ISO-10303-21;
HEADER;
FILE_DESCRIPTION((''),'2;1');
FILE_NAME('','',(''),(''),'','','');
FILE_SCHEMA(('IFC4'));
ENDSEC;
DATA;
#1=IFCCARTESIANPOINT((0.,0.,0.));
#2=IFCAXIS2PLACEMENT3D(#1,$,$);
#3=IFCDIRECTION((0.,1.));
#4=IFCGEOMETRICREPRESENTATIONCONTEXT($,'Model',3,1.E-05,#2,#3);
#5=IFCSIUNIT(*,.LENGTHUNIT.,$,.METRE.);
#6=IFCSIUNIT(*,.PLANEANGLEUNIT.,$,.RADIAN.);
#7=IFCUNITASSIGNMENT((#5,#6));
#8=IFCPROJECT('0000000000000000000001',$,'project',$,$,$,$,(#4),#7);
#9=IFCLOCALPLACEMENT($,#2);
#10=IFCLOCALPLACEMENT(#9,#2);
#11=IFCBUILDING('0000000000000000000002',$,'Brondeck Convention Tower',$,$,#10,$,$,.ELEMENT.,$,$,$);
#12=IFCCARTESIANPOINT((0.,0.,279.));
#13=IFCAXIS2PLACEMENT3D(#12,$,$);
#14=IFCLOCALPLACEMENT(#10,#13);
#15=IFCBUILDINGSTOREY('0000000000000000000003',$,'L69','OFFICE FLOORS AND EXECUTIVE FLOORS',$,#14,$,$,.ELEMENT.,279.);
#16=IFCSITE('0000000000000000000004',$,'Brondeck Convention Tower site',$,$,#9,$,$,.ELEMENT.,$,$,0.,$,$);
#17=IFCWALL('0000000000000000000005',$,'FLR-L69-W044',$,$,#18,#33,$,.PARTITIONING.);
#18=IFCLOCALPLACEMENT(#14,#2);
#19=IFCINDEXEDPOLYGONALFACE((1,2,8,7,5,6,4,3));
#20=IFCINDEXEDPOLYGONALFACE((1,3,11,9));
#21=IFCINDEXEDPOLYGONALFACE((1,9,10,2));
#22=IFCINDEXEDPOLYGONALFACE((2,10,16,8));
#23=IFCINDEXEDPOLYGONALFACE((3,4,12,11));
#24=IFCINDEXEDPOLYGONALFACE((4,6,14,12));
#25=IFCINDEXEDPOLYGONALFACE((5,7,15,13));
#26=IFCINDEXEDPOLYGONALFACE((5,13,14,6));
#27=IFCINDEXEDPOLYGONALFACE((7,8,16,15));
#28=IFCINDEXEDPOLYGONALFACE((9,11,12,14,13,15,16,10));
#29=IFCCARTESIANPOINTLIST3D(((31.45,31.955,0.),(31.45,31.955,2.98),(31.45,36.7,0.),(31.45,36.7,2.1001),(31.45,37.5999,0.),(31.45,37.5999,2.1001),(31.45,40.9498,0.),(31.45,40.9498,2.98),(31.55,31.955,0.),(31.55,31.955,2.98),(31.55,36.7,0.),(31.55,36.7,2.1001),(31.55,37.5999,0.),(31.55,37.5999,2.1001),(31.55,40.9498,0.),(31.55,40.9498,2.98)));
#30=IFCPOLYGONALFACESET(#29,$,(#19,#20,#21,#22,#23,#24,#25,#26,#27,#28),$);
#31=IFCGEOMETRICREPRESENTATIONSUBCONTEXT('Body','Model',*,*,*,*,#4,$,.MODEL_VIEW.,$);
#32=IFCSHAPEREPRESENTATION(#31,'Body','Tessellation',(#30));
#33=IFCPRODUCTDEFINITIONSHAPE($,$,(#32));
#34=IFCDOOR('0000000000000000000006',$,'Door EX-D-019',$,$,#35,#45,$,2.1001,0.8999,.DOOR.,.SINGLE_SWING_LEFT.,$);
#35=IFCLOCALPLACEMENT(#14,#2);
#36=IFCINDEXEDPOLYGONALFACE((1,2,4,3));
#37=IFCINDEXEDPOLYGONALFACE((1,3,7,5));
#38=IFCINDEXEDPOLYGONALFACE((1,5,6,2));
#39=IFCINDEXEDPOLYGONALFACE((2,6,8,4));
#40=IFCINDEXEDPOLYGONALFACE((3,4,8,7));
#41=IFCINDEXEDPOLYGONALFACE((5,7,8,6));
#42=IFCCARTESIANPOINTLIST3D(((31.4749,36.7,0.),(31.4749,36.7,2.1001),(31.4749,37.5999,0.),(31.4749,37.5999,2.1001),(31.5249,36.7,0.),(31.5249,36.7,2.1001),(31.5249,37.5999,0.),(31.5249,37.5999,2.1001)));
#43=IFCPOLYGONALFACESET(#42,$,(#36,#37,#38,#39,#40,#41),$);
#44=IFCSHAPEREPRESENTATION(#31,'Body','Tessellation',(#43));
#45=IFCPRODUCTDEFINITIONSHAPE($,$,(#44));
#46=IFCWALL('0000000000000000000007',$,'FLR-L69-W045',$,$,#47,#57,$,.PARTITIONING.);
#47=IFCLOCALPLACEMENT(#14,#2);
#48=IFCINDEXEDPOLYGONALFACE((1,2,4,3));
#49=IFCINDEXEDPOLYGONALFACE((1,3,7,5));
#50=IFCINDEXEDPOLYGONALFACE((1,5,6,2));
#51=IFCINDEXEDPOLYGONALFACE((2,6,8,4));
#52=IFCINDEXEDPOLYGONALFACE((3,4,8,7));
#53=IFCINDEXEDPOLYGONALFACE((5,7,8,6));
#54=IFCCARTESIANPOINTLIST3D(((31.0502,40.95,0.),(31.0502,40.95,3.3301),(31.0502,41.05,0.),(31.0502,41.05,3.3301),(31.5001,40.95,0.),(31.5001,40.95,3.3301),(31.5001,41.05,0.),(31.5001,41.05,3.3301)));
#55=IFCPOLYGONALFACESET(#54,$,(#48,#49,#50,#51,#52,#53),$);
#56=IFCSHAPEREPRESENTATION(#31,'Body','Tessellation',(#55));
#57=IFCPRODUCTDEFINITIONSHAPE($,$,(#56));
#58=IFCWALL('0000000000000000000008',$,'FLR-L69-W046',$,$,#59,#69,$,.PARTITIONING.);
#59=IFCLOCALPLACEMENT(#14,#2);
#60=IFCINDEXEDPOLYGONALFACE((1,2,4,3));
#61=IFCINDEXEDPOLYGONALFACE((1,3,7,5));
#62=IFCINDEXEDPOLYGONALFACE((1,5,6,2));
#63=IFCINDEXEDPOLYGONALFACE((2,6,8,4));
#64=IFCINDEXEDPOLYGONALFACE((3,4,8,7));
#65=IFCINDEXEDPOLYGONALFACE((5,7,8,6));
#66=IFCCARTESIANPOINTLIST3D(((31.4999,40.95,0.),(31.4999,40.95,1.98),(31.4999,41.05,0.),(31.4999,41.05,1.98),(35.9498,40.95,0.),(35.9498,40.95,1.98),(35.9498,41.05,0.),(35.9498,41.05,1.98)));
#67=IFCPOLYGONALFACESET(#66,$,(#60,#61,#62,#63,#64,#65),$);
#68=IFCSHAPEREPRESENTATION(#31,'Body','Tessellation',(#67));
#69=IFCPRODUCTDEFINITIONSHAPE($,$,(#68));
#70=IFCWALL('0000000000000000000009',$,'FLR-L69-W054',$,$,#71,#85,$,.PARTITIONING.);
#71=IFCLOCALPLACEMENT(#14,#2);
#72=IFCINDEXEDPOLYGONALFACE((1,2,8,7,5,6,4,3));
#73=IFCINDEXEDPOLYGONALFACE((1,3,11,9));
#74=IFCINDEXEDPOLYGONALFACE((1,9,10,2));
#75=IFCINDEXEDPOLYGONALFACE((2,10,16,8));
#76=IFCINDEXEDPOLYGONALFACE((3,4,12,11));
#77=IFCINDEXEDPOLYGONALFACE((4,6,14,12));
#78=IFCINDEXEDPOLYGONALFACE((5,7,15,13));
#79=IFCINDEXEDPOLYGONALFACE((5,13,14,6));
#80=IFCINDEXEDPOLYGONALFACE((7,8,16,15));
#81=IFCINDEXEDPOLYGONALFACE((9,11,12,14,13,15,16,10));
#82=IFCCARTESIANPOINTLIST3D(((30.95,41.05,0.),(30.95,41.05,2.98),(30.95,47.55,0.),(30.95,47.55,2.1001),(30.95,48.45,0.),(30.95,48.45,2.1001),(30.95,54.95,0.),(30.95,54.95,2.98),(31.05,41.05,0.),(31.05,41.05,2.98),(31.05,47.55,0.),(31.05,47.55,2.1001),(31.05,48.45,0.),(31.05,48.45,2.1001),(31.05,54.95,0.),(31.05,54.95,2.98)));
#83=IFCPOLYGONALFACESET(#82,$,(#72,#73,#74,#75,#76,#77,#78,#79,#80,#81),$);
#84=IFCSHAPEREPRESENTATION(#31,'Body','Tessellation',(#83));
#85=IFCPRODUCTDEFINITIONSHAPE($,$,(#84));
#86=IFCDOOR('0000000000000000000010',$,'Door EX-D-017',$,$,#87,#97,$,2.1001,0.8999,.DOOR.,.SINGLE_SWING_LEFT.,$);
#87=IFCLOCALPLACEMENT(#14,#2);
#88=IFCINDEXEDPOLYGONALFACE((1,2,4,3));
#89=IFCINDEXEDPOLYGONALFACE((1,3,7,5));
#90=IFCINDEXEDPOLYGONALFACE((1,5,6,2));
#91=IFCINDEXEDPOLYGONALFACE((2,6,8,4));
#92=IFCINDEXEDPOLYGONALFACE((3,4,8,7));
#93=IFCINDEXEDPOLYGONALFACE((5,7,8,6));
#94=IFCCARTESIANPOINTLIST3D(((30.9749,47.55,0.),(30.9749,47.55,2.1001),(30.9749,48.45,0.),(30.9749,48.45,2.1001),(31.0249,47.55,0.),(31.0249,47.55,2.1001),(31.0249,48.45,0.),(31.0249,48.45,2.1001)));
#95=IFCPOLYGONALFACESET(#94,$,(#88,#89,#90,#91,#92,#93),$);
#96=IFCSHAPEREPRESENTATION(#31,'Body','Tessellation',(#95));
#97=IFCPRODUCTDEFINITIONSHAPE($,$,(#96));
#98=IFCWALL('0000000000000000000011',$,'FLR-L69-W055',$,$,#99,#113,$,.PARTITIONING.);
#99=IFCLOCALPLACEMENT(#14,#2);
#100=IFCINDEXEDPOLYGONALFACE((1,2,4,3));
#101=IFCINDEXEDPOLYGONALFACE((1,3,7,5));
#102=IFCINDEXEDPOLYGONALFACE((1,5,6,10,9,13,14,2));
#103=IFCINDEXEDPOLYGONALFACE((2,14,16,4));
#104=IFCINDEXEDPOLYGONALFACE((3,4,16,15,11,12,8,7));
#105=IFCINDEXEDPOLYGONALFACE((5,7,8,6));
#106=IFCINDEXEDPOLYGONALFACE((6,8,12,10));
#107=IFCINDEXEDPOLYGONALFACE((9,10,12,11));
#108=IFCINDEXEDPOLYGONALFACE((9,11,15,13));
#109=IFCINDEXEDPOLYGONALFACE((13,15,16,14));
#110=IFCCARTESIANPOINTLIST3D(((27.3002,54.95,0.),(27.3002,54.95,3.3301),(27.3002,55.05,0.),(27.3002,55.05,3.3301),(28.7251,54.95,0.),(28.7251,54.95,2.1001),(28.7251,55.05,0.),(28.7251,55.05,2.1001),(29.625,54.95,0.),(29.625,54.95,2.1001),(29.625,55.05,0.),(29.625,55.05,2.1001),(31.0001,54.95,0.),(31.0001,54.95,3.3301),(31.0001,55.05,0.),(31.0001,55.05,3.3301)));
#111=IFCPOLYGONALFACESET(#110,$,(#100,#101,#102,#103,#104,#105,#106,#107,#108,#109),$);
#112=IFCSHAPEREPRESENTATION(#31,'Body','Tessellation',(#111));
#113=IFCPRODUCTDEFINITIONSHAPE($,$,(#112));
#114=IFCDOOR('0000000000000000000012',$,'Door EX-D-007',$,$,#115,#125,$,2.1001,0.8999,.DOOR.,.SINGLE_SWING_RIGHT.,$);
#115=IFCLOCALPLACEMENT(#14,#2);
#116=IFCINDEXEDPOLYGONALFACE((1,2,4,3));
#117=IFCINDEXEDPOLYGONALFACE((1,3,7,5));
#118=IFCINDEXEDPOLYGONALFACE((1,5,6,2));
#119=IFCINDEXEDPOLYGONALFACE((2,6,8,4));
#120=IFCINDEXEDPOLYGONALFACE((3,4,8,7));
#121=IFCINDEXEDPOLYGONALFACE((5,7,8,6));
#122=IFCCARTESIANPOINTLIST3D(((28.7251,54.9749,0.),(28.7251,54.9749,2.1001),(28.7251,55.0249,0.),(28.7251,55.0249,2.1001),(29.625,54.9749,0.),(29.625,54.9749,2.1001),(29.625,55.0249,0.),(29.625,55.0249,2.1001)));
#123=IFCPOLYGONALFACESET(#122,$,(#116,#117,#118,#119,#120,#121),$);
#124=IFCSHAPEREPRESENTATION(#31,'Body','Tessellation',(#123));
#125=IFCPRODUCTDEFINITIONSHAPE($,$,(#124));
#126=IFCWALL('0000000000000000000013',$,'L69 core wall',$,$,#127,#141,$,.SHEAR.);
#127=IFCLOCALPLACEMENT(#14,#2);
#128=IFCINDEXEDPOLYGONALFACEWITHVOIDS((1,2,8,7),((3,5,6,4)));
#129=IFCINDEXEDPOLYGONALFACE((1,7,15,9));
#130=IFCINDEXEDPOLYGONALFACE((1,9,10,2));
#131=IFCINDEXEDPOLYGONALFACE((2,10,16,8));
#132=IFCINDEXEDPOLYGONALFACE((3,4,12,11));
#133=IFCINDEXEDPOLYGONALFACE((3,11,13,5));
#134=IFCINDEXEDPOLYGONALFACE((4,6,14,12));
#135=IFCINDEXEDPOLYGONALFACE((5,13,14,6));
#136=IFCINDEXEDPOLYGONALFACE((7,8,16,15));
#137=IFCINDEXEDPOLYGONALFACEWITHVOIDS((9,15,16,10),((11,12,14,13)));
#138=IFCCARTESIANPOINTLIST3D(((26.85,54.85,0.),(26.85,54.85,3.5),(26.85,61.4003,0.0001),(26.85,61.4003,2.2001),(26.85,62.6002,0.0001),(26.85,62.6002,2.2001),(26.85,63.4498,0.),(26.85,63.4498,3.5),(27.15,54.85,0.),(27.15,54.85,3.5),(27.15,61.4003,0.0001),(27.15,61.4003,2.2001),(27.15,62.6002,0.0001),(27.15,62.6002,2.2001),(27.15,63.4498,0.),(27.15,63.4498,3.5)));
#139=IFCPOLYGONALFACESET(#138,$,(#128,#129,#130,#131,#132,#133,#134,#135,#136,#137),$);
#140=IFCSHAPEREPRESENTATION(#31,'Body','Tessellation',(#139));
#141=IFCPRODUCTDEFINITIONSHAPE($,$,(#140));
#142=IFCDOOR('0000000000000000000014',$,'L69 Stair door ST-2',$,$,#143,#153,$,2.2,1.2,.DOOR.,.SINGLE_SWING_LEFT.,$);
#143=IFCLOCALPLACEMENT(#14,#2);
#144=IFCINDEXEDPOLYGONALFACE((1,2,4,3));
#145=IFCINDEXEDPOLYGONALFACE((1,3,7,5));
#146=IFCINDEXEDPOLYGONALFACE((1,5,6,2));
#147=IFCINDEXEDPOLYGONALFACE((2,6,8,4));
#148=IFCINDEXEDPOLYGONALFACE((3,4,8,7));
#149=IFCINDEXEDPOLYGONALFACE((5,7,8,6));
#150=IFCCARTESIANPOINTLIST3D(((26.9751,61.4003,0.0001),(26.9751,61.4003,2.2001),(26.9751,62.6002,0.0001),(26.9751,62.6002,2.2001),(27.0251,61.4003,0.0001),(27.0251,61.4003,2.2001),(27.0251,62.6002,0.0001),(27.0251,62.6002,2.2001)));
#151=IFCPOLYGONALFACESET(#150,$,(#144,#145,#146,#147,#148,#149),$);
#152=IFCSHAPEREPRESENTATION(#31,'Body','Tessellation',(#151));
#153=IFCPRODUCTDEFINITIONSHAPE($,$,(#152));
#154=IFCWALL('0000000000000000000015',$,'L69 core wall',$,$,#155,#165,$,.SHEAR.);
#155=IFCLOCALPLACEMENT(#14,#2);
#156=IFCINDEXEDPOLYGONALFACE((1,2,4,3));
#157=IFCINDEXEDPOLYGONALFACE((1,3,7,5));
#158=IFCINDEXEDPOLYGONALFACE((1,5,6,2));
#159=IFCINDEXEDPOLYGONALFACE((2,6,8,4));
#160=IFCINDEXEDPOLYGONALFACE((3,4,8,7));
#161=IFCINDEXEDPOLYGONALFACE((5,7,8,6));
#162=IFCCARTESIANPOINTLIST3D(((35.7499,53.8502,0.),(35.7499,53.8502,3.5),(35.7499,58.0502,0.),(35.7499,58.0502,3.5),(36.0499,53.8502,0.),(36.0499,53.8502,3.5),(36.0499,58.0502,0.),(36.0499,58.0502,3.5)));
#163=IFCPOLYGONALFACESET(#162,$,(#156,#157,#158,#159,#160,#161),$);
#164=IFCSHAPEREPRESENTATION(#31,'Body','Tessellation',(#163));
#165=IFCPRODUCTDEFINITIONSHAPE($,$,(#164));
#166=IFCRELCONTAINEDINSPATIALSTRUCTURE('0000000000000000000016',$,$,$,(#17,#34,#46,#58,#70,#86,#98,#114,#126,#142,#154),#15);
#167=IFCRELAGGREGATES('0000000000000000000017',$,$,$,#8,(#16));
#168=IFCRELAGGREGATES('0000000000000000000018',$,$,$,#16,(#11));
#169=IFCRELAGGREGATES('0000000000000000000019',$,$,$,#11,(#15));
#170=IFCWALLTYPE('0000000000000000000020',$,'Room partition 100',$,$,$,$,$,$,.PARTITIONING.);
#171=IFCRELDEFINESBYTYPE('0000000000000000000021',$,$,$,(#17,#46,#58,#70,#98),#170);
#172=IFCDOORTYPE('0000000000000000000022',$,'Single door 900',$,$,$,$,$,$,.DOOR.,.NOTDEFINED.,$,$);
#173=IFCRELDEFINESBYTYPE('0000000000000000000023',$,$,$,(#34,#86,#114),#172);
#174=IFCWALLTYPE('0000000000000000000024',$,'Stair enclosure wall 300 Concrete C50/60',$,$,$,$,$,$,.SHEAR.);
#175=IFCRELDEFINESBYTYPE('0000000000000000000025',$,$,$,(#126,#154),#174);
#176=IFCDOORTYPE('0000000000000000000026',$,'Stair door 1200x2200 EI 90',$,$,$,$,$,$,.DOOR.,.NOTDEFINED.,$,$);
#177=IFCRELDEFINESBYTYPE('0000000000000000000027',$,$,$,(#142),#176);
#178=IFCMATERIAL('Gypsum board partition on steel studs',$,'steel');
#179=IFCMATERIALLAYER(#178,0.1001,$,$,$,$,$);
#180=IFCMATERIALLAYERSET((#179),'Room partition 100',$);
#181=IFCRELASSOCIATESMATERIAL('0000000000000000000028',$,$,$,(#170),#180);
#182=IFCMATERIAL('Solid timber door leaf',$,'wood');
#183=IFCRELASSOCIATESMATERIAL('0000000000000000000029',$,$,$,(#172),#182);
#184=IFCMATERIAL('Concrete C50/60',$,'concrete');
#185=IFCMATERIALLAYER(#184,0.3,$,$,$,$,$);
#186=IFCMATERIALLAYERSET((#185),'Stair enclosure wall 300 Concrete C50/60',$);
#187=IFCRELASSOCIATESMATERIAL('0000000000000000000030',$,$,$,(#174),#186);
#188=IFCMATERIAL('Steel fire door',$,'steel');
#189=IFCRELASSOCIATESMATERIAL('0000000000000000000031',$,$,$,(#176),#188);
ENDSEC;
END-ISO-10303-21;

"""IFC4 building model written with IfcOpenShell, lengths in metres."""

from ifc_helpers import new_model, si_unit, direction, frame, frame_2d, origin, place, context, subcontext, project, spatial, rectangle, extrude, material, layer, layer_set, type_object, element, fill, save


model = new_model("IFC4")

# Units and contexts
model_context = context("Model", 3, precision=1e-05, world=origin(), true_north=direction((0.0, 1.0)))
body_context = subcontext(model_context, "Body", "Model", "MODEL_VIEW")
ifc_project = project(units=[si_unit("LENGTHUNIT", "METRE"), si_unit("PLANEANGLEUNIT", "RADIAN")], contexts=[model_context])

# Site, building, storey
site_placement = place(None, origin())
site = spatial("IfcSite", under=ifc_project, at=site_placement, Name="Brondeck Convention Tower site", CompositionType="ELEMENT", RefElevation=0.0)
building_placement = place(site_placement, origin())
building = spatial("IfcBuilding", under=site, at=building_placement, Name="Brondeck Convention Tower", CompositionType="ELEMENT")
storey_placement = place(building_placement, frame((0.0, 0.0, 279.0)))
storey = spatial("IfcBuildingStorey", under=building, at=storey_placement, Name="L69", Description="OFFICE FLOORS AND EXECUTIVE FLOORS", CompositionType="ELEMENT", Elevation=279.0)

# Shared definitions
ifc_material_1 = material(Name="Concrete C50/60", Category="concrete")

# Shared definitions
ifc_material_2 = material(Name="Gypsum board partition on steel studs", Category="steel")
ifc_layer_1 = layer(ifc_material_2, 0.1001)
ifc_layer_set_1 = layer_set([ifc_layer_1], Name="Room partition 100")
wall_type_1 = type_object("IfcWallType", Name="Room partition 100", PredefinedType="PARTITIONING", material=ifc_layer_set_1)

# Wall, opening, door
wall_1_placement = place(storey_placement, frame((31.5, 40.95, 0.0), z_axis=(0.0, 0.0, 1.0), x_axis=(0.0, -1.0, 0.0)))
wall_1 = element("IfcWall", 1, at=wall_1_placement, inside=storey, type_object=wall_type_1, Name="FLR-L69-W044", PredefinedType="PARTITIONING", context=body_context, shape_type="SweptSolid", body=[
    extrude(rectangle(XDim=8.9949, YDim=0.1001, at=frame_2d((4.4976, 0.0))), origin(), (0.0, 0.0, 1.0), 2.98),
])
opening_1_placement = place(wall_1_placement, frame((3.3501, 0.0, 0.0)))
opening_1 = element("IfcOpeningElement", 2, at=opening_1_placement, cuts=wall_1, PredefinedType="OPENING", context=body_context, shape_type="SweptSolid", body=[
    extrude(rectangle(XDim=0.8999, YDim=2.1001, at=frame_2d((0.45, 1.05))), frame((0.0, 0.0601, 0.0), z_axis=(0.0, -1.0, 0.0), x_axis=(1.0, 0.0, 0.0)), (0.0, 0.0, 1.0), 0.1201),
])
ifc_material_3 = material(Name="Solid timber door leaf", Category="wood")
door_type_1 = type_object("IfcDoorType", Name="Single door 900", OperationType="NOTDEFINED", PredefinedType="DOOR", material=ifc_material_3)
door_1_placement = place(opening_1_placement, origin())
door_1 = element("IfcDoor", 3, at=door_1_placement, inside=storey, type_object=door_type_1, Name="Door EX-D-019", OperationType="SINGLE_SWING_LEFT", OverallHeight=2.1001, OverallWidth=0.8999, PredefinedType="DOOR", context=body_context, shape_type="SweptSolid", body=[
    extrude(rectangle(XDim=0.8999, YDim=2.1001, at=frame_2d((0.45, 1.05))), frame((0.0, 0.0249, 0.0), z_axis=(0.0, -1.0, 0.0), x_axis=(1.0, 0.0, 0.0)), (0.0, 0.0, 1.0), 0.05),
])
fill(opening_1, door_1)

# Walls
wall_2_placement = place(storey_placement, frame((31.05, 41.0, 0.0), z_axis=(0.0, 0.0, 1.0), x_axis=(1.0, 0.0, 0.0)))
element("IfcWall", 4, at=wall_2_placement, inside=storey, type_object=wall_type_1, Name="FLR-L69-W045", PredefinedType="PARTITIONING", context=body_context, shape_type="SweptSolid", body=[
    extrude(rectangle(XDim=0.45, YDim=0.1001, at=frame_2d((0.2251, 0.0))), origin(), (0.0, 0.0, 1.0), 3.3301),
])
wall_3_placement = place(storey_placement, frame((35.95, 41.0, 0.0), z_axis=(0.0, 0.0, 1.0), x_axis=(-1.0, 0.0, 0.0)))
element("IfcWall", 5, at=wall_3_placement, inside=storey, type_object=wall_type_1, Name="FLR-L69-W046", PredefinedType="PARTITIONING", context=body_context, shape_type="SweptSolid", body=[
    extrude(rectangle(XDim=4.45, YDim=0.1001, at=frame_2d((2.2251, 0.0))), origin(), (0.0, 0.0, 1.0), 1.98),
])

# Walls, openings, doors
wall_4_placement = place(storey_placement, frame((31.0, 54.95, 0.0), z_axis=(0.0, 0.0, 1.0), x_axis=(0.0, -1.0, 0.0)))
wall_4 = element("IfcWall", 6, at=wall_4_placement, inside=storey, type_object=wall_type_1, Name="FLR-L69-W054", PredefinedType="PARTITIONING", context=body_context, shape_type="SweptSolid", body=[
    extrude(rectangle(XDim=13.8999, YDim=0.1001, at=frame_2d((6.95, 0.0))), origin(), (0.0, 0.0, 1.0), 2.98),
])
opening_2_placement = place(wall_4_placement, frame((6.5, 0.0, 0.0)))
opening_2 = element("IfcOpeningElement", 7, at=opening_2_placement, cuts=wall_4, PredefinedType="OPENING", context=body_context, shape_type="SweptSolid", body=[
    extrude(rectangle(XDim=0.8999, YDim=2.1001, at=frame_2d((0.45, 1.05))), frame((0.0, 0.0601, 0.0), z_axis=(0.0, -1.0, 0.0), x_axis=(1.0, 0.0, 0.0)), (0.0, 0.0, 1.0), 0.1201),
])
door_2_placement = place(opening_2_placement, origin())
door_2 = element("IfcDoor", 8, at=door_2_placement, inside=storey, type_object=door_type_1, Name="Door EX-D-017", OperationType="SINGLE_SWING_LEFT", OverallHeight=2.1001, OverallWidth=0.8999, PredefinedType="DOOR", context=body_context, shape_type="SweptSolid", body=[
    extrude(rectangle(XDim=0.8999, YDim=2.1001, at=frame_2d((0.45, 1.05))), frame((0.0, 0.0249, 0.0), z_axis=(0.0, -1.0, 0.0), x_axis=(1.0, 0.0, 0.0)), (0.0, 0.0, 1.0), 0.05),
])
fill(opening_2, door_2)
wall_5_placement = place(storey_placement, frame((27.3, 55.0, 0.0), z_axis=(0.0, 0.0, 1.0), x_axis=(1.0, 0.0, 0.0)))
wall_5 = element("IfcWall", 9, at=wall_5_placement, inside=storey, type_object=wall_type_1, Name="FLR-L69-W055", PredefinedType="PARTITIONING", context=body_context, shape_type="SweptSolid", body=[
    extrude(rectangle(XDim=3.7, YDim=0.1001, at=frame_2d((1.8501, 0.0))), origin(), (0.0, 0.0, 1.0), 3.3301),
])
opening_3_placement = place(wall_5_placement, frame((1.425, 0.0, 0.0)))
opening_3 = element("IfcOpeningElement", 10, at=opening_3_placement, cuts=wall_5, PredefinedType="OPENING", context=body_context, shape_type="SweptSolid", body=[
    extrude(rectangle(XDim=0.8999, YDim=2.1001, at=frame_2d((0.45, 1.05))), frame((0.0, 0.0601, 0.0), z_axis=(0.0, -1.0, 0.0), x_axis=(1.0, 0.0, 0.0)), (0.0, 0.0, 1.0), 0.1201),
])
door_3_placement = place(opening_3_placement, origin())
door_3 = element("IfcDoor", 11, at=door_3_placement, inside=storey, type_object=door_type_1, Name="Door EX-D-007", OperationType="SINGLE_SWING_RIGHT", OverallHeight=2.1001, OverallWidth=0.8999, PredefinedType="DOOR", context=body_context, shape_type="SweptSolid", body=[
    extrude(rectangle(XDim=0.8999, YDim=2.1001, at=frame_2d((0.45, 1.05))), frame((0.0, 0.0249, 0.0), z_axis=(0.0, -1.0, 0.0), x_axis=(1.0, 0.0, 0.0)), (0.0, 0.0, 1.0), 0.05),
])
fill(opening_3, door_3)
ifc_layer_2 = layer(ifc_material_1, 0.3)
ifc_layer_set_2 = layer_set([ifc_layer_2], Name="Stair enclosure wall 300 Concrete C50/60")
wall_type_2 = type_object("IfcWallType", Name="Stair enclosure wall 300 Concrete C50/60", PredefinedType="SHEAR", material=ifc_layer_set_2)
wall_6_placement = place(storey_placement, frame((27.0, 54.8501, 0.0), z_axis=(0.0, 0.0, 1.0), x_axis=(0.0, 1.0, 0.0)))
wall_6 = element("IfcWall", 12, at=wall_6_placement, inside=storey, type_object=wall_type_2, Name="L69 core wall", PredefinedType="SHEAR", context=body_context, shape_type="SweptSolid", body=[
    extrude(rectangle(XDim=8.5999, YDim=0.3, at=frame_2d((4.2998, 0.0))), origin(), (0.0, 0.0, 1.0), 3.5),
])
opening_4_placement = place(wall_6_placement, frame((6.55, 0.0, 0.0)))
opening_4 = element("IfcOpeningElement", 13, at=opening_4_placement, cuts=wall_6, PredefinedType="OPENING", context=body_context, shape_type="SweptSolid", body=[
    extrude(rectangle(XDim=1.2, YDim=2.2, at=frame_2d((0.6001, 1.1001))), frame((0.0, 0.1599, 0.0), z_axis=(0.0, -1.0, 0.0), x_axis=(1.0, 0.0, 0.0)), (0.0, 0.0, 1.0), 0.3201),
])
ifc_material_4 = material(Name="Steel fire door", Category="steel")
door_type_2 = type_object("IfcDoorType", Name="Stair door 1200x2200 EI 90", OperationType="NOTDEFINED", PredefinedType="DOOR", material=ifc_material_4)
door_4_placement = place(opening_4_placement, origin())
door_4 = element("IfcDoor", 14, at=door_4_placement, inside=storey, type_object=door_type_2, Name="L69 Stair door ST-2", OperationType="SINGLE_SWING_LEFT", OverallHeight=2.2, OverallWidth=1.2, PredefinedType="DOOR", context=body_context, shape_type="SweptSolid", body=[
    extrude(rectangle(XDim=1.2, YDim=2.2, at=frame_2d((0.6001, 1.1001))), frame((0.0, 0.0249, 0.0), z_axis=(0.0, -1.0, 0.0), x_axis=(1.0, 0.0, 0.0)), (0.0, 0.0, 1.0), 0.05),
])
fill(opening_4, door_4)

# Wall
wall_7_placement = place(storey_placement, frame((35.8999, 53.8501, 0.0), z_axis=(0.0, 0.0, 1.0), x_axis=(0.0, 1.0, 0.0)))
element("IfcWall", 15, at=wall_7_placement, inside=storey, type_object=wall_type_2, Name="L69 core wall", PredefinedType="SHEAR", context=body_context, shape_type="SweptSolid", body=[
    extrude(rectangle(XDim=4.2, YDim=0.3, at=frame_2d((2.1001, 0.0))), origin(), (0.0, 0.0, 1.0), 3.5),
])

save(model, "model.ifc")
